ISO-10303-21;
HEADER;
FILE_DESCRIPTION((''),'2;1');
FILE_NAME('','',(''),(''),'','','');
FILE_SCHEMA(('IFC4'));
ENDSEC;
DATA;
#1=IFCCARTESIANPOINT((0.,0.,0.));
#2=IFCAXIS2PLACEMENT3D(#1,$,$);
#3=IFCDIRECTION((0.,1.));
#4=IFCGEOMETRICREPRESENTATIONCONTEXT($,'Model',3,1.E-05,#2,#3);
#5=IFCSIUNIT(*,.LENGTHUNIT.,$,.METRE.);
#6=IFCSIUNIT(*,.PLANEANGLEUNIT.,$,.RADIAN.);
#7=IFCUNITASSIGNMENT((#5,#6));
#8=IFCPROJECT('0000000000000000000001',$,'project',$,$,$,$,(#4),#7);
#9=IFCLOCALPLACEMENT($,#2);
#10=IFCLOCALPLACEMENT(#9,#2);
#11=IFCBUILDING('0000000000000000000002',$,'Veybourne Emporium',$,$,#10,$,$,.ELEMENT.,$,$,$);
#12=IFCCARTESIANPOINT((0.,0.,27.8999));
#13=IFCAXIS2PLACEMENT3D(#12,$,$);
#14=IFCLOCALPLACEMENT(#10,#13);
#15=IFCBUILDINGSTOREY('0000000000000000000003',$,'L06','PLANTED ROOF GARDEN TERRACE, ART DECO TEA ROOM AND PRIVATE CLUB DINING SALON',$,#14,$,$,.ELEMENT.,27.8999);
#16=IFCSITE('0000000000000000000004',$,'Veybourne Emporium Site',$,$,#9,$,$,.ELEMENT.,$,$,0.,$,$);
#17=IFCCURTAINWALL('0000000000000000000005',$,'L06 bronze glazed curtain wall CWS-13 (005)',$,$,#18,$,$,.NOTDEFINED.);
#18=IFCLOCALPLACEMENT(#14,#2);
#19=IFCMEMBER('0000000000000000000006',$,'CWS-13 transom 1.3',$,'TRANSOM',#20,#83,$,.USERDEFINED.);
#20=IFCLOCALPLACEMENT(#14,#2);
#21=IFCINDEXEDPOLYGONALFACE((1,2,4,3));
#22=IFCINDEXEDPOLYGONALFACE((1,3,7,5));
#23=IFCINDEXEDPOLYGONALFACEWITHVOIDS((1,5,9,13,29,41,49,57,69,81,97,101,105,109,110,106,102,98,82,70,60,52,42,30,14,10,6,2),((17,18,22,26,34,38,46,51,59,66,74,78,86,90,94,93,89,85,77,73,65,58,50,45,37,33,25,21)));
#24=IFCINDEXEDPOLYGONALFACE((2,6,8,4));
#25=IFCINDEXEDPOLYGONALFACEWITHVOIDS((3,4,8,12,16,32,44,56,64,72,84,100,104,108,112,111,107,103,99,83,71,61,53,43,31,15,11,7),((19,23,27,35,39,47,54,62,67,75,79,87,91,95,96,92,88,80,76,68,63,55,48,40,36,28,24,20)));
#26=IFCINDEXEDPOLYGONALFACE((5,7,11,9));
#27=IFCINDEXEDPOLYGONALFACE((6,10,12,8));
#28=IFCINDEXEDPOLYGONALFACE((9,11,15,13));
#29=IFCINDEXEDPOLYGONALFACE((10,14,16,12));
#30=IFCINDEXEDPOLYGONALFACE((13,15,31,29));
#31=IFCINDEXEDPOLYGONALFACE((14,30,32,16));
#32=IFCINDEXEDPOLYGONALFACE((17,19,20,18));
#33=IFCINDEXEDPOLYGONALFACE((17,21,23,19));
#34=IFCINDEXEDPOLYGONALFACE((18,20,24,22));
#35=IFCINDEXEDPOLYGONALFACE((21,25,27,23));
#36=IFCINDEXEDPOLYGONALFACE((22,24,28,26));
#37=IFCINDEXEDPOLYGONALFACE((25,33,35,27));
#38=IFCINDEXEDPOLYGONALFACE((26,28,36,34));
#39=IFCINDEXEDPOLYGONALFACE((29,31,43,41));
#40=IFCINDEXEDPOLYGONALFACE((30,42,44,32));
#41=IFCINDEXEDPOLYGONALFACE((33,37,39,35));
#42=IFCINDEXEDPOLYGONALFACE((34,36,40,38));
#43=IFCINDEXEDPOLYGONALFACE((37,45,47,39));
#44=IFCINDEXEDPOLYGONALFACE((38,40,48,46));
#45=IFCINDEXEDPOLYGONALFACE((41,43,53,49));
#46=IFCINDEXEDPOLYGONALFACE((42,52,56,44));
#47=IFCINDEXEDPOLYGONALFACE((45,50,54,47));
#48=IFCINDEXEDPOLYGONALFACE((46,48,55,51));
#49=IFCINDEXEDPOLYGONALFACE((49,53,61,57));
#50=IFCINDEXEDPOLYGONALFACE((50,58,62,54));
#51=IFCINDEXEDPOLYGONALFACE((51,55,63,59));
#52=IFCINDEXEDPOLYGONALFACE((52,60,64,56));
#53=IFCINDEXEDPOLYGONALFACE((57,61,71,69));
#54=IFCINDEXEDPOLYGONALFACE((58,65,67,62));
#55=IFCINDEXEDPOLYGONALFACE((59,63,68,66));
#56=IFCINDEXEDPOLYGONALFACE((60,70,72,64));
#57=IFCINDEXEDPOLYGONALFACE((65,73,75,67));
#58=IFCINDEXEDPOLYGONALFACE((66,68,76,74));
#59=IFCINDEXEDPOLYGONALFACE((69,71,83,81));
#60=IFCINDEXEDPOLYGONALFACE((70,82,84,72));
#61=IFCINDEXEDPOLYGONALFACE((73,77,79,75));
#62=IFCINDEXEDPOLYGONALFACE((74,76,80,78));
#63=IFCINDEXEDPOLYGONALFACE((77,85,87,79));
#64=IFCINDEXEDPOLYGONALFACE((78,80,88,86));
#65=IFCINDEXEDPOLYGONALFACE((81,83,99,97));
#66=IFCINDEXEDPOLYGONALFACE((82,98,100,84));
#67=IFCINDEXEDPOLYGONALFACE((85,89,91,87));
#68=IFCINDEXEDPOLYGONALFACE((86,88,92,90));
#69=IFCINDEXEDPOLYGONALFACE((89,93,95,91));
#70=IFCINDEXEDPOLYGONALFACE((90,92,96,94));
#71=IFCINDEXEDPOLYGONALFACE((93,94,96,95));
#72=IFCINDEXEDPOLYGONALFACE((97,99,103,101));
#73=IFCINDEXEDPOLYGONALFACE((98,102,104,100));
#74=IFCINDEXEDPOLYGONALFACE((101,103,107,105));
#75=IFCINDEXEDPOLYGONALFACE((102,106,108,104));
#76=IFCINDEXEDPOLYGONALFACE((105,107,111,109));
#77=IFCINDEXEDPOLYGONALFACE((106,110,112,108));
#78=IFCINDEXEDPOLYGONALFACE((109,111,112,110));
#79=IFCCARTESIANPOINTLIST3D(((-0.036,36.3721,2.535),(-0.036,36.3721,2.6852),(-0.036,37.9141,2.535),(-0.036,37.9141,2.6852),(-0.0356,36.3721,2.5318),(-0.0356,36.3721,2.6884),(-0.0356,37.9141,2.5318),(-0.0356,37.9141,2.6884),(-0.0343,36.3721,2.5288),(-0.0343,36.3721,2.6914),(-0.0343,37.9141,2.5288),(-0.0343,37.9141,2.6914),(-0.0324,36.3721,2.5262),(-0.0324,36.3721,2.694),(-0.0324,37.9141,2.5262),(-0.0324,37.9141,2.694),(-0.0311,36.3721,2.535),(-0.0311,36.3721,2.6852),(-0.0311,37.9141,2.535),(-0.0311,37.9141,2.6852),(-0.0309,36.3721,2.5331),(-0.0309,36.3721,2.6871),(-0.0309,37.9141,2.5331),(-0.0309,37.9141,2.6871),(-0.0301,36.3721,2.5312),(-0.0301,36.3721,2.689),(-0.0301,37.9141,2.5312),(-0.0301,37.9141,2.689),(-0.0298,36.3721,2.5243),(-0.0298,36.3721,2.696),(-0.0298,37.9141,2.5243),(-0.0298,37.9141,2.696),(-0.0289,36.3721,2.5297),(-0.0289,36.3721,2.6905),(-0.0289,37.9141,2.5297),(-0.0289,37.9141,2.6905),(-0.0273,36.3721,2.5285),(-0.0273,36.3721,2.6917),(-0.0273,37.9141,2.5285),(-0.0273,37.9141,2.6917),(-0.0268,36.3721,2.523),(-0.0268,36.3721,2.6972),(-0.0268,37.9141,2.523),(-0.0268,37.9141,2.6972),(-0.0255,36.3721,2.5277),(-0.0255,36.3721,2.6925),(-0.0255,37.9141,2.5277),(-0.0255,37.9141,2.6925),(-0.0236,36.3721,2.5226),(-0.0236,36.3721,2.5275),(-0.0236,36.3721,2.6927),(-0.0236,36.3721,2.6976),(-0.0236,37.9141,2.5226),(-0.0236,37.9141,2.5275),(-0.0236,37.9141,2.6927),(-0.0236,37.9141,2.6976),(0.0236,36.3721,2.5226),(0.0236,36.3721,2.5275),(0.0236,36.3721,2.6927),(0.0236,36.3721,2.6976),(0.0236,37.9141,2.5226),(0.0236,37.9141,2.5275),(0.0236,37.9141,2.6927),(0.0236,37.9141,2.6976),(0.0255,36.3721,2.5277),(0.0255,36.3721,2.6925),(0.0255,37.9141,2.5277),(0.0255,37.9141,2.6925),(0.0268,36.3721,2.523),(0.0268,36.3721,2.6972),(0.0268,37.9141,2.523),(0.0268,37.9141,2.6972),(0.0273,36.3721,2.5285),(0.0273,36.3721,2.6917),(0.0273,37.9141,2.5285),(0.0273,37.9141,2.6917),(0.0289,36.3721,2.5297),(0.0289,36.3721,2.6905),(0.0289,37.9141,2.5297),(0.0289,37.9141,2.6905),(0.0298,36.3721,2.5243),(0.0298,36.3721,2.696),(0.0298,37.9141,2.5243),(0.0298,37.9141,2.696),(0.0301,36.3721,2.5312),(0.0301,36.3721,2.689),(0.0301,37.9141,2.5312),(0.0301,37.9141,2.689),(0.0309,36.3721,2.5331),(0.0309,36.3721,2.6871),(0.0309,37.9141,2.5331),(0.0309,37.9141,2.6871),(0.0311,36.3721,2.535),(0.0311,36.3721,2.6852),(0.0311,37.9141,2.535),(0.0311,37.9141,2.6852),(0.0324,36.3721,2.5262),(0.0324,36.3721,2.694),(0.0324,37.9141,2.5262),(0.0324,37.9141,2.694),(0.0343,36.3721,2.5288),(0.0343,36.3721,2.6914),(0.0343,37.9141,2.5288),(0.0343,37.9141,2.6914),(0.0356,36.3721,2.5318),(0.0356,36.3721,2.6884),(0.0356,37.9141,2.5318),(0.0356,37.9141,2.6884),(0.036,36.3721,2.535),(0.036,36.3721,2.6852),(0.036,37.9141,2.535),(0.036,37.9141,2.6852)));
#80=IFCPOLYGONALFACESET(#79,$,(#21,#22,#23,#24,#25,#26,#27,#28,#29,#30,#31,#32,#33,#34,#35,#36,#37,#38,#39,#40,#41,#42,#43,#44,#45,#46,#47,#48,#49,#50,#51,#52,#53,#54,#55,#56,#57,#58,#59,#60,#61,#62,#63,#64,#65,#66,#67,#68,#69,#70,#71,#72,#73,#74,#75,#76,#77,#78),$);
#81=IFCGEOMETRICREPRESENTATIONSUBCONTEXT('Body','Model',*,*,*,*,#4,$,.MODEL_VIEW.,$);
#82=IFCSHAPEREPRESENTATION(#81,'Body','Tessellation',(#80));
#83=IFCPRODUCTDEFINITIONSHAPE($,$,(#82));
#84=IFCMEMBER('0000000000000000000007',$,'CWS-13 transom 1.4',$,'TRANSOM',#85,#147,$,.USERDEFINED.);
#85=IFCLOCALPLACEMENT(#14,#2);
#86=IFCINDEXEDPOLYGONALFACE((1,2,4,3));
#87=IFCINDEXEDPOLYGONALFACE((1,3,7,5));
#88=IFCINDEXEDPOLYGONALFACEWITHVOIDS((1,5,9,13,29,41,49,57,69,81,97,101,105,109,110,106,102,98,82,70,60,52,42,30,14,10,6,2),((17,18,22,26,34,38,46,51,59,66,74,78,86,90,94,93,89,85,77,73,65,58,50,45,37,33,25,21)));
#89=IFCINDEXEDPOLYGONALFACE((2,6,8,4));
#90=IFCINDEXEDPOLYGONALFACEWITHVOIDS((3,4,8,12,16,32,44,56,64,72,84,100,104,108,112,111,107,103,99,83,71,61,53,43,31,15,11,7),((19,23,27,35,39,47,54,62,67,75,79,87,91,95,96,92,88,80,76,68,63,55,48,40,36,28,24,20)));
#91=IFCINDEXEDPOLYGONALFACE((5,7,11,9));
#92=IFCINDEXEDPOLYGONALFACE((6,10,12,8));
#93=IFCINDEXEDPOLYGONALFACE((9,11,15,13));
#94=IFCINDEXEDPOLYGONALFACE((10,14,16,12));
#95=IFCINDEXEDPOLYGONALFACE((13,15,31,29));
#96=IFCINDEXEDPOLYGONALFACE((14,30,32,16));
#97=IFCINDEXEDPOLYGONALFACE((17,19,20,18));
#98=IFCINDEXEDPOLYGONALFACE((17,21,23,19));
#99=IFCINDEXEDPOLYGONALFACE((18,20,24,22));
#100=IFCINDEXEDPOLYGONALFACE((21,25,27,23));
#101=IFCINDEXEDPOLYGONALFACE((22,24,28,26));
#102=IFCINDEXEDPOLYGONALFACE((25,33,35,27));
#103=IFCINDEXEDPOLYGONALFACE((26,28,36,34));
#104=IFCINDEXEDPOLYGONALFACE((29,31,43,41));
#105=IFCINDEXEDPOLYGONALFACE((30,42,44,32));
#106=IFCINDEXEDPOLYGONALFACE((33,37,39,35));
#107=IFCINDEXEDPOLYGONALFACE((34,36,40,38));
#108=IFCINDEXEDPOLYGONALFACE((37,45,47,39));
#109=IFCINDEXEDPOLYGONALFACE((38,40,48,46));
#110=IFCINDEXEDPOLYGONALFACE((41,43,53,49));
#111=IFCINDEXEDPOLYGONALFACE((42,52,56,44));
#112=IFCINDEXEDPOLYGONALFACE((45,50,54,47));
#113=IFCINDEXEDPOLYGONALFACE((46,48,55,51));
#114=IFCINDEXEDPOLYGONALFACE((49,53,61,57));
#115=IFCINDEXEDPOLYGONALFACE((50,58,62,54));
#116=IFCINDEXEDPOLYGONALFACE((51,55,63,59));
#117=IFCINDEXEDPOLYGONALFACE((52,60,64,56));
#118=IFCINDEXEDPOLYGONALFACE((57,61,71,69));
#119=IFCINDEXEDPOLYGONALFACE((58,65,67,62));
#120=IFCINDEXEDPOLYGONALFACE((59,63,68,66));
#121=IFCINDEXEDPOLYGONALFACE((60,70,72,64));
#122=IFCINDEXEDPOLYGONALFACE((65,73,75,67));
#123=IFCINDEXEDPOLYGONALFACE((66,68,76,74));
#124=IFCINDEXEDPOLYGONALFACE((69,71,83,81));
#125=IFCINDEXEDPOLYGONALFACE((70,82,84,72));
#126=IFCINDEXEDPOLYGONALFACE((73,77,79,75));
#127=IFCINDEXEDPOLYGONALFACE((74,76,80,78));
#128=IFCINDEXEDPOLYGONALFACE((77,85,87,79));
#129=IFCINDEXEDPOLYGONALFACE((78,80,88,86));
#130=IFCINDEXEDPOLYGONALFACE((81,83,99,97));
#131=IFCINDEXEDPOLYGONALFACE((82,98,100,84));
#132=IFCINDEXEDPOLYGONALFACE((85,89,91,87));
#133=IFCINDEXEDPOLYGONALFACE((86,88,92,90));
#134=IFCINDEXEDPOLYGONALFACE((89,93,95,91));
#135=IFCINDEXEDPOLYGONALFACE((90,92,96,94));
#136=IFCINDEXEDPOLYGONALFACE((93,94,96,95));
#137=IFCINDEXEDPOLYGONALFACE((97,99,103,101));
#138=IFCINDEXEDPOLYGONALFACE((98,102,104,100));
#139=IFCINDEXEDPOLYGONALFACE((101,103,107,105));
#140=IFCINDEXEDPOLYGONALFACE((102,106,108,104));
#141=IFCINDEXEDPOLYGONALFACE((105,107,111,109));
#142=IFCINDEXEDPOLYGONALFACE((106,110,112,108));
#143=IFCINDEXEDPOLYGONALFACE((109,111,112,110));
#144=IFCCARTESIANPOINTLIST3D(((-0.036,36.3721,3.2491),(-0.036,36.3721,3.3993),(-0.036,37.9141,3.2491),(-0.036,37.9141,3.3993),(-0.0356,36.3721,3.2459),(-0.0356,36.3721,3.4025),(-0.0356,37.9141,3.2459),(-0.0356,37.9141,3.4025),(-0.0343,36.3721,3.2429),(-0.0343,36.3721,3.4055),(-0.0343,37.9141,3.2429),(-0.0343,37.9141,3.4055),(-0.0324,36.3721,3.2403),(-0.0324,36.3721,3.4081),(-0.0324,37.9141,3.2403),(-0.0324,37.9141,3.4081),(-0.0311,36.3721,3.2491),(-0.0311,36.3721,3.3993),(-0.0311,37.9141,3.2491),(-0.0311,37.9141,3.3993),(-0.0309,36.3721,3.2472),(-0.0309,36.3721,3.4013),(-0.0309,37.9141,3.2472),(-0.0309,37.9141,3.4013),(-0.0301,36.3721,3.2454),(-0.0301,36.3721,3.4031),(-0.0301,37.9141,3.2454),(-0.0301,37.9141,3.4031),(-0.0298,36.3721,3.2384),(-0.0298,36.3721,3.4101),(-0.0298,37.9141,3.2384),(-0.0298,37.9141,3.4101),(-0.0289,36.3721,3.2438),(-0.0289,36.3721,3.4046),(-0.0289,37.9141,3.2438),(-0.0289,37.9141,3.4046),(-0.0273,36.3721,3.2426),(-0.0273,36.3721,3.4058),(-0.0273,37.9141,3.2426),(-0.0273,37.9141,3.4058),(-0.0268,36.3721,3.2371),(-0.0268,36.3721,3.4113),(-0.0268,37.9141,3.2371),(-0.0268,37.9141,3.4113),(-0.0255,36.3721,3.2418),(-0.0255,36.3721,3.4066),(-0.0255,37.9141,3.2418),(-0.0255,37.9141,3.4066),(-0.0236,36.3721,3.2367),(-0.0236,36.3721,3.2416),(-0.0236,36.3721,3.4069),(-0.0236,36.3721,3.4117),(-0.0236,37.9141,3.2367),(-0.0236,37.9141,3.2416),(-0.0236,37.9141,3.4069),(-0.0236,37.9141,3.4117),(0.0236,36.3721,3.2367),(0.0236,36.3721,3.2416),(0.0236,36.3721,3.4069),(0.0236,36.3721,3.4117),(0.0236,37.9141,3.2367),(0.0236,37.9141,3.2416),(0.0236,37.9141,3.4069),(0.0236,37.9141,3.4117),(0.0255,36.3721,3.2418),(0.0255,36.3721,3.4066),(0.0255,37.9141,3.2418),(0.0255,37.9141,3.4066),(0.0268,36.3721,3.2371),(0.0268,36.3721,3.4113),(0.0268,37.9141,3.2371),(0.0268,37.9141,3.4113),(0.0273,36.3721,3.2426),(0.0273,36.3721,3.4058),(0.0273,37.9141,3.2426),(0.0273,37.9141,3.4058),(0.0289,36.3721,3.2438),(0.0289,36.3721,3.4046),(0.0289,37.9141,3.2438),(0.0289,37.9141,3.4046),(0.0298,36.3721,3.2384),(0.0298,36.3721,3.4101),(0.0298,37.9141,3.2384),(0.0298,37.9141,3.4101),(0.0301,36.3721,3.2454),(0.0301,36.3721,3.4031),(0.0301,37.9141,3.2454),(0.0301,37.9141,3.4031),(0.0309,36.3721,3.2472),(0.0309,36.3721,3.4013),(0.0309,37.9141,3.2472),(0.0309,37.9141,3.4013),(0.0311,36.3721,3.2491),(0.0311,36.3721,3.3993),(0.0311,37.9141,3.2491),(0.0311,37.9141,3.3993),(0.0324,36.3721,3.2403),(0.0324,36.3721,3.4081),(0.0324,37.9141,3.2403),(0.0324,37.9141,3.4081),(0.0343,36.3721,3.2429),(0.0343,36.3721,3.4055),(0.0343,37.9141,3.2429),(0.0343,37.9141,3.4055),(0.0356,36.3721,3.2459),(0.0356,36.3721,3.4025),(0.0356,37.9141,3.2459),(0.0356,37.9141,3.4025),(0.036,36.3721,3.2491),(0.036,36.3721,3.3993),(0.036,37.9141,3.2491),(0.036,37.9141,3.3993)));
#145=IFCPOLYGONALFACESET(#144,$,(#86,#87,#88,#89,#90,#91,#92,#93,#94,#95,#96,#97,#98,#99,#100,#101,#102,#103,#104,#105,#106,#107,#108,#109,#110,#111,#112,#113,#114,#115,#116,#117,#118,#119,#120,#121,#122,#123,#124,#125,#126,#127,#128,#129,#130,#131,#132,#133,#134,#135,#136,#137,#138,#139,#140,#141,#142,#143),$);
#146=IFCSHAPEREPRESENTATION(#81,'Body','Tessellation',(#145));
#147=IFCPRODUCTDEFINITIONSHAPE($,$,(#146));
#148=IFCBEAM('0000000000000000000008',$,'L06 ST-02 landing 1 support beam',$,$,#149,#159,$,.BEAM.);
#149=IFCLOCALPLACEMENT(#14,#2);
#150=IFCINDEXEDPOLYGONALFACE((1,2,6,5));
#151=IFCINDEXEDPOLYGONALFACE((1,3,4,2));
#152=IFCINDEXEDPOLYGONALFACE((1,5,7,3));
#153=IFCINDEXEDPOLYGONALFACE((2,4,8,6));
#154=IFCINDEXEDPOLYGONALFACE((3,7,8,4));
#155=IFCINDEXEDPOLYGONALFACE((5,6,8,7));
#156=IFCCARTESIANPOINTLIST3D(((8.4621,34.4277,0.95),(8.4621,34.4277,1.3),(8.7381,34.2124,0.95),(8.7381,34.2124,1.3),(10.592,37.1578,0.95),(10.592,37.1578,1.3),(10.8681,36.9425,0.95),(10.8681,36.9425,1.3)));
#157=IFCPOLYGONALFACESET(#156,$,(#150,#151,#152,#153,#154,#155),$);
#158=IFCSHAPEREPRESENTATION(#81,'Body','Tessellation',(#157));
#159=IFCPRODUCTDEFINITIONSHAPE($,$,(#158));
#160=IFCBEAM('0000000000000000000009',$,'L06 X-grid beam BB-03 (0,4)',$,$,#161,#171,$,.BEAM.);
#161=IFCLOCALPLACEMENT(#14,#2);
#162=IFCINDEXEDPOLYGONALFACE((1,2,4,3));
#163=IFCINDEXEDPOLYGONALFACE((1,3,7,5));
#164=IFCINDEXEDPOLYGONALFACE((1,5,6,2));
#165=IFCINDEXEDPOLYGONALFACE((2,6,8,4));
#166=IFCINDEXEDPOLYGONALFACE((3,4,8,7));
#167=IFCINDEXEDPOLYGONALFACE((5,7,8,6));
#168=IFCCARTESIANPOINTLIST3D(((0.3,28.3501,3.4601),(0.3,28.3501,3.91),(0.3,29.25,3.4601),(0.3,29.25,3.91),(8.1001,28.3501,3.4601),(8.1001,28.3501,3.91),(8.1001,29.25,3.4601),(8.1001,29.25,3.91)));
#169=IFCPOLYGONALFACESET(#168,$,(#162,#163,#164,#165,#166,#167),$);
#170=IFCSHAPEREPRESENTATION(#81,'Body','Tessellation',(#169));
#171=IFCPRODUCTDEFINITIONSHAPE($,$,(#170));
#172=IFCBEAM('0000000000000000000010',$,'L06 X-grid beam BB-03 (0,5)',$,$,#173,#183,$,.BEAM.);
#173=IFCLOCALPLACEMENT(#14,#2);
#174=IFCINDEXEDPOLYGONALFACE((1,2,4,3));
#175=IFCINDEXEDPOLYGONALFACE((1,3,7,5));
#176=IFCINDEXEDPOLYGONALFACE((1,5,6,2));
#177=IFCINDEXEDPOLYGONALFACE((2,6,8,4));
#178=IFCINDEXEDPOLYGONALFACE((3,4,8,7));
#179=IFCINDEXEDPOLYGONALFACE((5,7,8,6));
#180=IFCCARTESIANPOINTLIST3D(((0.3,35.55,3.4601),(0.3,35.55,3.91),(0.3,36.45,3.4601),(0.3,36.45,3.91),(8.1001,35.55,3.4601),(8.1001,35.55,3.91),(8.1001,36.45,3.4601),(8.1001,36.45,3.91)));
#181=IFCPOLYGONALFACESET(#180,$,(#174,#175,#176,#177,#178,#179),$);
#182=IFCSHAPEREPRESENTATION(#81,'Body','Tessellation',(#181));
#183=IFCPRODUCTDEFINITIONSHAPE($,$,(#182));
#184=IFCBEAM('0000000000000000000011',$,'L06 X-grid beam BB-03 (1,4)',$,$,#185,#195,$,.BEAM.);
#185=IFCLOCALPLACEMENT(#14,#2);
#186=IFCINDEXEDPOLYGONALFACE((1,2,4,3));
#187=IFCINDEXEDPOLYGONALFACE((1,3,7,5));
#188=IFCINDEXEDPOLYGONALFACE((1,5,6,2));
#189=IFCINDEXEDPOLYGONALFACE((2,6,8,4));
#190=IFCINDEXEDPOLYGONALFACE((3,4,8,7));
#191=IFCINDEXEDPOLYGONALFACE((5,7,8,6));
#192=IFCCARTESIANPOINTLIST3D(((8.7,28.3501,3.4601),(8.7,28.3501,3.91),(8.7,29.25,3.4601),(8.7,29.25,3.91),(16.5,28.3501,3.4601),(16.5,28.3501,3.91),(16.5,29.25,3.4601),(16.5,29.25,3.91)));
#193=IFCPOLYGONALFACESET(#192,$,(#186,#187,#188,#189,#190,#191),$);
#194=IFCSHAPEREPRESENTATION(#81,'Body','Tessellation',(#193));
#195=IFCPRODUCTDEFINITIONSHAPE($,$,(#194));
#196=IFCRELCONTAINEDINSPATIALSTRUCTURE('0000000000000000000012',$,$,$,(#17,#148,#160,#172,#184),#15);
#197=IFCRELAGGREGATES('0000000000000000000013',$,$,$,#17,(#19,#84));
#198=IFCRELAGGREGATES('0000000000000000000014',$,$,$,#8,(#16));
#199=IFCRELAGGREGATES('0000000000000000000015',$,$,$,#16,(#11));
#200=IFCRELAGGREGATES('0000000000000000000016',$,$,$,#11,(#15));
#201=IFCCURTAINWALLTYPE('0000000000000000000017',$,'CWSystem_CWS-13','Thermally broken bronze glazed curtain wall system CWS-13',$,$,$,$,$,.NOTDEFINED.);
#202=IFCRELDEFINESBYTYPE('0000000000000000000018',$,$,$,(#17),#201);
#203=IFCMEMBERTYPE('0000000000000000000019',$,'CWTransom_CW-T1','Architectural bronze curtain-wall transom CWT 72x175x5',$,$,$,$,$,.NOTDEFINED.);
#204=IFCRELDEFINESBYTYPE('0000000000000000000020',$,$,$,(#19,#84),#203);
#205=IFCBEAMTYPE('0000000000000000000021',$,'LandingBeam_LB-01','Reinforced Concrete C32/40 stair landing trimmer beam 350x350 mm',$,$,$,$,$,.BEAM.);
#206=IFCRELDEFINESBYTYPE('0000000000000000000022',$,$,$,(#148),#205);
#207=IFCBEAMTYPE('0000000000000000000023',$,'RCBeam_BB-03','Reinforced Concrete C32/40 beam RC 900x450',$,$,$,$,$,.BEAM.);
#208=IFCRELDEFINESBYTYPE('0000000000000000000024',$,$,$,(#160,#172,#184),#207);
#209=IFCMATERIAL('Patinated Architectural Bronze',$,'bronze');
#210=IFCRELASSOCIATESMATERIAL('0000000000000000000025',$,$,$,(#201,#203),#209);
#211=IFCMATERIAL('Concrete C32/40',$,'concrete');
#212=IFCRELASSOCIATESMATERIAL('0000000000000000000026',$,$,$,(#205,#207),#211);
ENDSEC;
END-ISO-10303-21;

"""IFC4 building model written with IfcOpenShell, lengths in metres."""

from ifc_helpers import new_model, si_unit, direction, frame, origin, origin_2d, place, context, subcontext, project, spatial, rectangle, hollow_rectangle, extrude, material, material_profile, profile_set, type_object, element, aggregate, save


model = new_model("IFC4")

# Units and contexts
model_context = context("Model", 3, precision=1e-05, world=origin(), true_north=direction((0.0, 1.0)))
body_context = subcontext(model_context, "Body", "Model", "MODEL_VIEW")
ifc_project = project(units=[si_unit("LENGTHUNIT", "METRE"), si_unit("PLANEANGLEUNIT", "RADIAN")], contexts=[model_context])

# Site, building, storey
site_placement = place(None, origin())
site = spatial("IfcSite", under=ifc_project, at=site_placement, Name="Veybourne Emporium Site", CompositionType="ELEMENT", RefElevation=0.0)
building_placement = place(site_placement, origin())
building = spatial("IfcBuilding", under=site, at=building_placement, Name="Veybourne Emporium", CompositionType="ELEMENT")
storey_placement = place(building_placement, frame((0.0, 0.0, 27.8999)))
storey = spatial("IfcBuildingStorey", under=building, at=storey_placement, Name="L06", Description="PLANTED ROOF GARDEN TERRACE, ART DECO TEA ROOM AND PRIVATE CLUB DINING SALON", CompositionType="ELEMENT", Elevation=27.8999)

# Curtain wall
ifc_material_1 = material(Name="Patinated Architectural Bronze", Category="bronze")
curtain_wall_type_1 = type_object("IfcCurtainWallType", Name="CWSystem_CWS-13", Description="Thermally broken bronze glazed curtain wall system CWS-13", PredefinedType="NOTDEFINED", material=ifc_material_1)
curtain_wall_1_placement = place(storey_placement, origin())
curtain_wall_1 = element("IfcCurtainWall", 1, at=curtain_wall_1_placement, inside=storey, type_object=curtain_wall_type_1, Name="L06 bronze glazed curtain wall CWS-13 (005)", PredefinedType="NOTDEFINED")

# Members
ifc_material_profile_1 = material_profile(ifc_material_1, hollow_rectangle(XDim=0.072, YDim=0.175, WallThickness=0.0049, InnerFilletRadius=0.0076, OuterFilletRadius=0.0125, at=origin_2d()), Name="CWT 72x175x5")
ifc_profile_set_1 = profile_set([ifc_material_profile_1], Name="Patinated Architectural Bronze")
member_type_1 = type_object("IfcMemberType", Name="CWTransom_CW-T1", Description="Architectural bronze curtain-wall transom CWT 72x175x5", PredefinedType="NOTDEFINED", material=ifc_profile_set_1)
member_1_placement = place(storey_placement, frame((0.0, 36.3721, 2.6101), z_axis=(0.0, 1.0, 0.0), x_axis=(-1.0, 0.0, 0.0)))
member_1 = element("IfcMember", 2, at=member_1_placement, type_object=member_type_1, Name="CWS-13 transom 1.3", ObjectType="TRANSOM", PredefinedType="USERDEFINED", context=body_context, shape_type="SweptSolid", body=[
    extrude(hollow_rectangle(XDim=0.072, YDim=0.175, WallThickness=0.0049, InnerFilletRadius=0.0076, OuterFilletRadius=0.0125, at=origin_2d()), origin(), (0.0, 0.0, 1.0), 1.542),
])
member_2_placement = place(storey_placement, frame((0.0, 36.3721, 3.3242), z_axis=(0.0, 1.0, 0.0), x_axis=(-1.0, 0.0, 0.0)))
member_2 = element("IfcMember", 3, at=member_2_placement, type_object=member_type_1, Name="CWS-13 transom 1.4", ObjectType="TRANSOM", PredefinedType="USERDEFINED", context=body_context, shape_type="SweptSolid", body=[
    extrude(hollow_rectangle(XDim=0.072, YDim=0.175, WallThickness=0.0049, InnerFilletRadius=0.0076, OuterFilletRadius=0.0125, at=origin_2d()), origin(), (0.0, 0.0, 1.0), 1.542),
])
aggregate(curtain_wall_1, [member_1, member_2])

# Beams
ifc_material_2 = material(Name="Concrete C32/40", Category="concrete")
ifc_material_profile_2 = material_profile(ifc_material_2, rectangle(XDim=0.3501, YDim=0.3501, at=origin_2d()), Name="RC 350x350")
ifc_profile_set_2 = profile_set([ifc_material_profile_2], Name="Concrete C32/40")
beam_type_1 = type_object("IfcBeamType", Name="LandingBeam_LB-01", Description="Reinforced Concrete C32/40 stair landing trimmer beam 350x350 mm", PredefinedType="BEAM", material=ifc_profile_set_2)
beam_1_placement = place(storey_placement, frame((8.6001, 34.3201, 1.125), z_axis=(0.615121, 0.788433, 0.0), x_axis=(-0.788433, 0.615121, 0.0)))
element("IfcBeam", 4, at=beam_1_placement, inside=storey, type_object=beam_type_1, Name="L06 ST-02 landing 1 support beam", PredefinedType="BEAM", context=body_context, shape_type="SweptSolid", body=[
    extrude(rectangle(XDim=0.3501, YDim=0.3501, at=origin_2d()), origin(), (0.0, 0.0, 1.0), 3.4626),
])
ifc_material_profile_3 = material_profile(ifc_material_2, rectangle(XDim=0.8999, YDim=0.45, at=origin_2d()), Name="RC 900x450")
ifc_profile_set_3 = profile_set([ifc_material_profile_3], Name="Concrete C32/40")
beam_type_2 = type_object("IfcBeamType", Name="RCBeam_BB-03", Description="Reinforced Concrete C32/40 beam RC 900x450", PredefinedType="BEAM", material=ifc_profile_set_3)
for number, where, z_axis, x_axis, name in (
    (5, (0.3, 28.8, 3.6851), (1.0, 0.0, 0.0), (0.0, 1.0, 0.0), "L06 X-grid beam BB-03 (0,4)"),
    (6, (0.3, 36.0, 3.6851), (1.0, 0.0, 0.0), (0.0, 1.0, 0.0), "L06 X-grid beam BB-03 (0,5)"),
    (7, (8.7, 28.8, 3.6851), (1.0, 0.0, 0.0), (0.0, 1.0, 0.0), "L06 X-grid beam BB-03 (1,4)"),
):
    element("IfcBeam", number, at=place(storey_placement, frame(where, z_axis=z_axis, x_axis=x_axis)), inside=storey, type_object=beam_type_2, Name=name, PredefinedType="BEAM", context=body_context, shape_type="SweptSolid", body=[
        extrude(rectangle(XDim=0.8999, YDim=0.45, at=origin_2d()), origin(), (0.0, 0.0, 1.0), 7.8),
    ])

save(model, "model.ifc")
